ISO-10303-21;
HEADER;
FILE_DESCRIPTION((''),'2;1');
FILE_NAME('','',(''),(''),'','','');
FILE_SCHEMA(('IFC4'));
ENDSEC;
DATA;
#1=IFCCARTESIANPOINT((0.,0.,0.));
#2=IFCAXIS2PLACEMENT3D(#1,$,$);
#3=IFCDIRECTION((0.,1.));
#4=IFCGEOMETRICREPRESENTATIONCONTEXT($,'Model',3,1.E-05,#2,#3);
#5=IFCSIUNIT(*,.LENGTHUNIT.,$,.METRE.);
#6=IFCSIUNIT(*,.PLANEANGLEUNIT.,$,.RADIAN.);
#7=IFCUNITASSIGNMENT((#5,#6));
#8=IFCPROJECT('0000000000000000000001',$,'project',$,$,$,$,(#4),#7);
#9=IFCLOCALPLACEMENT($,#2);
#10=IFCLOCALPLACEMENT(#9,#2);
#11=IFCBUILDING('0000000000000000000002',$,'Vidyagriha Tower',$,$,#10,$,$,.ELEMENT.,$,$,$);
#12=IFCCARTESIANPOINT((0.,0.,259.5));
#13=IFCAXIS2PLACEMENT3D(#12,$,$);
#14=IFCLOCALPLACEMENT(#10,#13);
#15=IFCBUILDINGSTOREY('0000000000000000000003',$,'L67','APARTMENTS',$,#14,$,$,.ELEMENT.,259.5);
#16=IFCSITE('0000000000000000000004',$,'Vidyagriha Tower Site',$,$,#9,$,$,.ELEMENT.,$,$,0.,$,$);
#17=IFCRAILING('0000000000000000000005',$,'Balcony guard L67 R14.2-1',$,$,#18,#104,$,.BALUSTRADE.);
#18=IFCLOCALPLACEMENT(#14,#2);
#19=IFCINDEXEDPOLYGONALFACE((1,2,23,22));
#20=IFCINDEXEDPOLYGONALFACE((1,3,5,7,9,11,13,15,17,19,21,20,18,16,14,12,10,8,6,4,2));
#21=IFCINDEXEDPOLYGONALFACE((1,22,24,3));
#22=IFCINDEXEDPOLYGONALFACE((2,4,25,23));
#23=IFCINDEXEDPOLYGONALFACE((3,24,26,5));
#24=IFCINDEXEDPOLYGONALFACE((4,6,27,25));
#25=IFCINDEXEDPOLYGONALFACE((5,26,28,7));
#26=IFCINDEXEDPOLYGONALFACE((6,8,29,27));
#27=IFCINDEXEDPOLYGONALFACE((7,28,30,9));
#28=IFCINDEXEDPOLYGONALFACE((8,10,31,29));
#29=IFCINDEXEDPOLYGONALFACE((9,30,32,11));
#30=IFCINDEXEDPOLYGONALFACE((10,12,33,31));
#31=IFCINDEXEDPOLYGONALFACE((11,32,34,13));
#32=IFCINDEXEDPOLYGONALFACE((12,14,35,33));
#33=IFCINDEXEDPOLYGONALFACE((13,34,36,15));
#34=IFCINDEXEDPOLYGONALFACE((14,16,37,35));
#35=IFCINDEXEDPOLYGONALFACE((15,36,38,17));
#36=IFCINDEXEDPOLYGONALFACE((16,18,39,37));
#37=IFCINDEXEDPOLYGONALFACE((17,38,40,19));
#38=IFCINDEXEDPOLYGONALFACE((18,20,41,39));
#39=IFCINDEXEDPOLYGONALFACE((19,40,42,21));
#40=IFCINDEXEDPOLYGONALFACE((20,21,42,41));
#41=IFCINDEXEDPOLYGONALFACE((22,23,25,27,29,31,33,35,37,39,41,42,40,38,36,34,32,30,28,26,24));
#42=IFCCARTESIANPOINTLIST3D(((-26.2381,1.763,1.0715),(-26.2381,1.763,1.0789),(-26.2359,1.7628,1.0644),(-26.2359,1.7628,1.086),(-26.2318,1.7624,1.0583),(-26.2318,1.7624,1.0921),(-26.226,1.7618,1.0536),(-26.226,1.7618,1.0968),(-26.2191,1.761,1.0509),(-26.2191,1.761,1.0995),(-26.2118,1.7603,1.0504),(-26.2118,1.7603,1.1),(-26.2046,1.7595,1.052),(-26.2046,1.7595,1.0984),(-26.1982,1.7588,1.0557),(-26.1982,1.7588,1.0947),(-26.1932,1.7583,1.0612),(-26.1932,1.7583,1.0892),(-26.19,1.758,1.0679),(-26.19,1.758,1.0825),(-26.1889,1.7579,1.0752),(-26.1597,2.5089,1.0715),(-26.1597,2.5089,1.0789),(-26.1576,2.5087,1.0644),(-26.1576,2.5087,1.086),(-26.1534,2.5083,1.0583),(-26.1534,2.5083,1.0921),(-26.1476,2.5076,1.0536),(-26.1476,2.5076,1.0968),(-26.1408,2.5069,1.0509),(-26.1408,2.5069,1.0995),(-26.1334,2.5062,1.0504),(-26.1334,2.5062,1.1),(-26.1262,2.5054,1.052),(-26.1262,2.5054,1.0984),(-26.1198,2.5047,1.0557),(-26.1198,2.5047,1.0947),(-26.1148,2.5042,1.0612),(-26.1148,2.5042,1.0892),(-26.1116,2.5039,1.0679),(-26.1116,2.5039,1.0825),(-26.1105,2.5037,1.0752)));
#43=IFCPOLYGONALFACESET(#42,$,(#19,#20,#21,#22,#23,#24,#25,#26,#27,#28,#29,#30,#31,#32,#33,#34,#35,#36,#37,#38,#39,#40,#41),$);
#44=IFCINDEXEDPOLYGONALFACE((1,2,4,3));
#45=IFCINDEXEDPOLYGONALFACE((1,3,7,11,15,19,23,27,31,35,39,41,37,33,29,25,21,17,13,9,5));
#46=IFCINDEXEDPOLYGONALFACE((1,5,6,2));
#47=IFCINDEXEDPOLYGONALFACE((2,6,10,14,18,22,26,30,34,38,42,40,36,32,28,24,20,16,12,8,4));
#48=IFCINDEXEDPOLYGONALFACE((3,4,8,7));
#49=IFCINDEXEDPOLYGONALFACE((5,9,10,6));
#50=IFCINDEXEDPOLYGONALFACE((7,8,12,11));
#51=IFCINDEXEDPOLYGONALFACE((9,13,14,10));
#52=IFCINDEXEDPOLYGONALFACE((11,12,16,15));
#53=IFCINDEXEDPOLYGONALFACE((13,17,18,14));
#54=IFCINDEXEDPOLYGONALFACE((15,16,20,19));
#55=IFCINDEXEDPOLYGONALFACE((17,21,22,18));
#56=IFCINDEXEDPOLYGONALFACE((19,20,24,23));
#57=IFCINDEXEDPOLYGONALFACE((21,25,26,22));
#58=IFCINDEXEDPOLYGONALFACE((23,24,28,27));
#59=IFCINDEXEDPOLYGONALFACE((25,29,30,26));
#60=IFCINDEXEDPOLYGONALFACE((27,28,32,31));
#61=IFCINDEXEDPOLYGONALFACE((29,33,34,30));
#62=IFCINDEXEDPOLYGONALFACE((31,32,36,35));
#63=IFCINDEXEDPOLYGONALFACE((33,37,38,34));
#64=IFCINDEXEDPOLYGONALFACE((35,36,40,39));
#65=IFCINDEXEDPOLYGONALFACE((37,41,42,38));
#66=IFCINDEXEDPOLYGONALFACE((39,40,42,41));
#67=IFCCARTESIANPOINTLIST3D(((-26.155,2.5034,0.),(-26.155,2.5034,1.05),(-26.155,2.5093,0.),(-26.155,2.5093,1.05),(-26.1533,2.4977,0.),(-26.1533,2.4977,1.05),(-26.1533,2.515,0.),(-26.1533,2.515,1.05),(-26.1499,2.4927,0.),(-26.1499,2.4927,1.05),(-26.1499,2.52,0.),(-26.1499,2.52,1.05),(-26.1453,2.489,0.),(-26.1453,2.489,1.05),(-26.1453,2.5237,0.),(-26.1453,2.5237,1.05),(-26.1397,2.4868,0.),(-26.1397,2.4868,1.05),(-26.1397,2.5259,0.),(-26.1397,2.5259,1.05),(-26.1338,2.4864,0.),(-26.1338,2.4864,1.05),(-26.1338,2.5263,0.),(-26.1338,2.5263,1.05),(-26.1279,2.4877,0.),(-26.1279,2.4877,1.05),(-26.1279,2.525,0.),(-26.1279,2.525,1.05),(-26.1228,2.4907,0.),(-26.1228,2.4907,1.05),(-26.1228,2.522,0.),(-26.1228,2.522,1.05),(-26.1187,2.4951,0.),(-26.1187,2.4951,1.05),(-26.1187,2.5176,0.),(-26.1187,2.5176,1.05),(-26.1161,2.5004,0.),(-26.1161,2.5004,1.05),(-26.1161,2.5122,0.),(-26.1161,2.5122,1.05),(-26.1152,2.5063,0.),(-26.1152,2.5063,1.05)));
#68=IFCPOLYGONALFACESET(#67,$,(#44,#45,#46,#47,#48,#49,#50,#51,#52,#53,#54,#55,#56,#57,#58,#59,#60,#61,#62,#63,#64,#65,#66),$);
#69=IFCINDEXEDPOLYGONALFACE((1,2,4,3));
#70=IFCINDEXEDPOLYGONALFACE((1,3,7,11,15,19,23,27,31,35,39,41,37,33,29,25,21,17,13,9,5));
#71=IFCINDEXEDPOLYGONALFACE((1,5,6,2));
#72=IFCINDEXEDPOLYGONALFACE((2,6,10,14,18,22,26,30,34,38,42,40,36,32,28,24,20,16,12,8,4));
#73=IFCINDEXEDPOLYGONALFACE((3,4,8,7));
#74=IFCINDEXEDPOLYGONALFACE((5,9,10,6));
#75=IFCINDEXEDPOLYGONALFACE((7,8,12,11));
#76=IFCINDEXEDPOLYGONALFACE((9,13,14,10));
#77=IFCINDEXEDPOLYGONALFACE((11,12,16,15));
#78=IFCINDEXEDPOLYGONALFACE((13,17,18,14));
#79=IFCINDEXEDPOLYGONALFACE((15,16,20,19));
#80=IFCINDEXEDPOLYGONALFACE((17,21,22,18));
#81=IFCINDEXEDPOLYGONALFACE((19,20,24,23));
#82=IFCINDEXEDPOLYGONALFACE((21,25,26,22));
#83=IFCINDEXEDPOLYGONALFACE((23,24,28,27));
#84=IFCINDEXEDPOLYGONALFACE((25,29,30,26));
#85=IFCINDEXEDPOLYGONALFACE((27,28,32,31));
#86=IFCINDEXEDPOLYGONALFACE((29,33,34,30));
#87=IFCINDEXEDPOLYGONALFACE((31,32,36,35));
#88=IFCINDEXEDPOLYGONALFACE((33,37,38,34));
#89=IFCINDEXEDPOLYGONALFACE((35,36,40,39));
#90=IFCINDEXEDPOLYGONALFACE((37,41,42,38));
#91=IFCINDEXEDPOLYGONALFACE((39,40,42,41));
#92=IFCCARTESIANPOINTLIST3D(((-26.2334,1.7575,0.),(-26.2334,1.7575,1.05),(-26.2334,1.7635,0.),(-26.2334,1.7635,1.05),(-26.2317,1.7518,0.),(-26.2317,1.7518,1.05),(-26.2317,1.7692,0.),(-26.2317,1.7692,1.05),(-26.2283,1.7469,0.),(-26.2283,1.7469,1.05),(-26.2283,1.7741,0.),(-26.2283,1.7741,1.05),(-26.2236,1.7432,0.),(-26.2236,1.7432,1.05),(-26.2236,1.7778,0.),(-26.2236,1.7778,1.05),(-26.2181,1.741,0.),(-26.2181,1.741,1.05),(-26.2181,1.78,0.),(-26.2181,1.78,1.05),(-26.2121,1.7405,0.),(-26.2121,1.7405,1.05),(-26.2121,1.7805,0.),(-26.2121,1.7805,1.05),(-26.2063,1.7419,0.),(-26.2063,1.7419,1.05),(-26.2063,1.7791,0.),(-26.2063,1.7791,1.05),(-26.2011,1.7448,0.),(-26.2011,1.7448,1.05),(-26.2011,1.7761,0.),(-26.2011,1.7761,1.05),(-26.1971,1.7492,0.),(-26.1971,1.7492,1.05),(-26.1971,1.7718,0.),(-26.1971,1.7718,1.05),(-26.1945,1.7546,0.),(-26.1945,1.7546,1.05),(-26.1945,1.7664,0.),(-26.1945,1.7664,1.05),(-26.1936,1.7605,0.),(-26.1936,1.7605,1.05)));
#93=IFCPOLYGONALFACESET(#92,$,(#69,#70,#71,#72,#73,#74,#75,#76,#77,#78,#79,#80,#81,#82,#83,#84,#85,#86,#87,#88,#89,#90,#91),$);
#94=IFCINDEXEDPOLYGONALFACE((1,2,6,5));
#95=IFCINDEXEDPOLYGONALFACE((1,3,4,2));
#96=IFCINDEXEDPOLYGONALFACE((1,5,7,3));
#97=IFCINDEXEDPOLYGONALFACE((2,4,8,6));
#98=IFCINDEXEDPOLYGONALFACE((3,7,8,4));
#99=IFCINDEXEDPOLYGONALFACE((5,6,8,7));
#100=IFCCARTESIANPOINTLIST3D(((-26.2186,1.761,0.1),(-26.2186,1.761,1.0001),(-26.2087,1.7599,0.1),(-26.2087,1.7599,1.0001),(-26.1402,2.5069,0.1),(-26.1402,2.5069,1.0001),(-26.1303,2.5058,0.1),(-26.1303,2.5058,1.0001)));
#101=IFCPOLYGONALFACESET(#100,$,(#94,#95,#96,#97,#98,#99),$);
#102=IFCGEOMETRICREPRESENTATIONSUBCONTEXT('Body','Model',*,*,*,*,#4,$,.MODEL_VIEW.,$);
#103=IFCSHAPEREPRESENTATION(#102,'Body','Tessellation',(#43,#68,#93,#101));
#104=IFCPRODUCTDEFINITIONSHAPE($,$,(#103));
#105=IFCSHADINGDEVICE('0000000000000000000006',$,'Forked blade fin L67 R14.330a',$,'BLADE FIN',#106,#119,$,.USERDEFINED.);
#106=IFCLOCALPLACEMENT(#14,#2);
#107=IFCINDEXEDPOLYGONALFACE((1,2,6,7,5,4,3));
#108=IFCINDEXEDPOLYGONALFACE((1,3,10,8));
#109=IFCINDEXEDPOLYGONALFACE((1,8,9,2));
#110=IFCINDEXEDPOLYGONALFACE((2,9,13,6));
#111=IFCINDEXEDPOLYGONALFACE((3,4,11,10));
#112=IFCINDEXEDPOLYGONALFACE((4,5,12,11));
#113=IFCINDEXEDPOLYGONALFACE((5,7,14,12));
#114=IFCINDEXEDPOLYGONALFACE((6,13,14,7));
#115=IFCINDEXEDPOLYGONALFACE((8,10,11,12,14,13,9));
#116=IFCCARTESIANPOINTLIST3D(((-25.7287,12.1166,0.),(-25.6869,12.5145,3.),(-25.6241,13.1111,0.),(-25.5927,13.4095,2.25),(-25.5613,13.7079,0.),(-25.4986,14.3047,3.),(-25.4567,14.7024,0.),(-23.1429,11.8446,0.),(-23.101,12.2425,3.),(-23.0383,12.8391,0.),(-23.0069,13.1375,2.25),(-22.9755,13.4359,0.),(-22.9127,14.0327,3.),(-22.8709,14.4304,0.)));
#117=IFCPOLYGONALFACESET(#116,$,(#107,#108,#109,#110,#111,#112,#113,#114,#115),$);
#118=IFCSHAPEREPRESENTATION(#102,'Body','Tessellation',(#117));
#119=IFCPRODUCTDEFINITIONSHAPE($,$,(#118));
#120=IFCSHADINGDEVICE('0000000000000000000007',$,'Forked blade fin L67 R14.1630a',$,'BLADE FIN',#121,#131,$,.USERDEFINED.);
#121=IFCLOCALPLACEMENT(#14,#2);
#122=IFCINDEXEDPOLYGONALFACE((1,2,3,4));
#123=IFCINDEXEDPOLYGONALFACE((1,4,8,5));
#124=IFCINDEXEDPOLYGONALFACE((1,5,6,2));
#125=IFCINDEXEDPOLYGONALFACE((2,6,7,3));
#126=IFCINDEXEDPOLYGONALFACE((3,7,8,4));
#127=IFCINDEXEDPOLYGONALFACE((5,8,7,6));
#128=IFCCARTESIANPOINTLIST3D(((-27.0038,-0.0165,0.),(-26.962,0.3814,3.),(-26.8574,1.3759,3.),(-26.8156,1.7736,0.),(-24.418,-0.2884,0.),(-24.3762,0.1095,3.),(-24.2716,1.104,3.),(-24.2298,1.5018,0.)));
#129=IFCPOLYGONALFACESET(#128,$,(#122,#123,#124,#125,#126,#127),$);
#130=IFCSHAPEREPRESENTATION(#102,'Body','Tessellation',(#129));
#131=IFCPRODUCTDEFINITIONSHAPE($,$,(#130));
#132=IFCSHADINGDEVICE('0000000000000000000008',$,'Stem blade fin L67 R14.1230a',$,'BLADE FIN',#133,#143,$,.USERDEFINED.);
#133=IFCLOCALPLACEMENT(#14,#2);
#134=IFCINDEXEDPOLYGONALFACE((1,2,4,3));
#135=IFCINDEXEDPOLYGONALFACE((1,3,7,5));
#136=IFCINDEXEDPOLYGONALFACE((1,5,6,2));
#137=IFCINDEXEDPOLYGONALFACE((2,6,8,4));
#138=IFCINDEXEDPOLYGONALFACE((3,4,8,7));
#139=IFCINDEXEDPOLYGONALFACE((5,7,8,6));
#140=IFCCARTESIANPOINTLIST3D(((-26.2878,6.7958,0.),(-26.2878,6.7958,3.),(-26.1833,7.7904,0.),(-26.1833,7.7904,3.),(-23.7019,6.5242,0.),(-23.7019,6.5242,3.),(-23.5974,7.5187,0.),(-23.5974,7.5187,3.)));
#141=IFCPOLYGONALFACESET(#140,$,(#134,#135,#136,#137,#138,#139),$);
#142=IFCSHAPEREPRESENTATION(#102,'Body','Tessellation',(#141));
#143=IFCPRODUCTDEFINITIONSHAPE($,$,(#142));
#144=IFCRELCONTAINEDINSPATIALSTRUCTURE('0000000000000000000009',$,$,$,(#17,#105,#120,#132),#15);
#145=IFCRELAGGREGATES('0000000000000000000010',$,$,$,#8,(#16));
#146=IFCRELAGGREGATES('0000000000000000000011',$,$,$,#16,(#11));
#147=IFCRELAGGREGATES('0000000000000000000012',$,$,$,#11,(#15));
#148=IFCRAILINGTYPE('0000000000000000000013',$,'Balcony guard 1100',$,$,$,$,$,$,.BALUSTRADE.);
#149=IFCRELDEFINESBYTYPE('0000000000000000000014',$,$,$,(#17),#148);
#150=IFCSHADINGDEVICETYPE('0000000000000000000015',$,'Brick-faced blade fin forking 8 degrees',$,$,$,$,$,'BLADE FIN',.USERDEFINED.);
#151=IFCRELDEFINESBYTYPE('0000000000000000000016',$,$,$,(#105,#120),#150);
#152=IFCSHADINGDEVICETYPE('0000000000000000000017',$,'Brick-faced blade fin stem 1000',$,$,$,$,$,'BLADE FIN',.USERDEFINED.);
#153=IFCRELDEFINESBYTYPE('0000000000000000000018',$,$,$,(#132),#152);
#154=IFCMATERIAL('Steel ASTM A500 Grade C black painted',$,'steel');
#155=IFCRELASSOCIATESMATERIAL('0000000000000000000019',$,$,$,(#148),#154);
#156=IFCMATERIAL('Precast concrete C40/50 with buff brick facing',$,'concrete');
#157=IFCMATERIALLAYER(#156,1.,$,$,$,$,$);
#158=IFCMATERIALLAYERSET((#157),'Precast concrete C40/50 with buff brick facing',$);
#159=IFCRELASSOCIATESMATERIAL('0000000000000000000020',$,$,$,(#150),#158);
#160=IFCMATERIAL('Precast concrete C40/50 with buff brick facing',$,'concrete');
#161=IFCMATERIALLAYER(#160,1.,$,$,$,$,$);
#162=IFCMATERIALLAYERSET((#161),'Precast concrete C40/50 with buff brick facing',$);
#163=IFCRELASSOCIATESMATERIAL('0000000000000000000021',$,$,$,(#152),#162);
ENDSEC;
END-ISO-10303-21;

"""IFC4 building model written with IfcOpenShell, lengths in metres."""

from ifc_helpers import new_model, si_unit, direction, frame, origin, origin_2d, place, context, subcontext, project, spatial, polyline, rectangle, circle, outline, extrude, material, layer, layer_set, type_object, element, save


model = new_model("IFC4")

# Units and contexts
model_context = context("Model", 3, precision=1e-05, world=origin(), true_north=direction((0.0, 1.0)))
body_context = subcontext(model_context, "Body", "Model", "MODEL_VIEW")
ifc_project = project(units=[si_unit("LENGTHUNIT", "METRE"), si_unit("PLANEANGLEUNIT", "RADIAN")], contexts=[model_context])

# Site, building, storey
site_placement = place(None, origin())
site = spatial("IfcSite", under=ifc_project, at=site_placement, Name="Vidyagriha Tower Site", CompositionType="ELEMENT", RefElevation=0.0)
building_placement = place(site_placement, origin())
building = spatial("IfcBuilding", under=site, at=building_placement, Name="Vidyagriha Tower", CompositionType="ELEMENT")
storey_placement = place(building_placement, frame((0.0, 0.0, 259.5)))
storey = spatial("IfcBuildingStorey", under=building, at=storey_placement, Name="L67", Description="APARTMENTS", CompositionType="ELEMENT", Elevation=259.5)

# Railing
ifc_material_1 = material(Name="Steel ASTM A500 Grade C black painted", Category="steel")
railing_type_1 = type_object("IfcRailingType", Name="Balcony guard 1100", PredefinedType="BALUSTRADE", material=ifc_material_1)
railing_1_placement = place(storey_placement, frame((-26.1353, 2.5063, 0.0)))
element("IfcRailing", 1, at=railing_1_placement, inside=storey, type_object=railing_type_1, Name="Balcony guard L67 R14.2-1", PredefinedType="BALUSTRADE", context=body_context, shape_type="SweptSolid", body=[
    extrude(circle(Radius=0.0249, at=origin_2d()), frame((0.0, 0.0, 1.0752), z_axis=(-0.104498, -0.994525, 0.0), x_axis=(0.994525, -0.104498, 0.0)), (0.0, 0.0, 1.0), 0.75),
    extrude(circle(Radius=0.02, at=origin_2d()), origin(), (0.0, 0.0, 1.0), 1.05),
    extrude(circle(Radius=0.02, at=origin_2d()), frame((-0.0784, -0.7458, 0.0)), (0.0, 0.0, 1.0), 1.05),
    extrude(rectangle(XDim=0.01, YDim=0.9001, at=origin_2d()), frame((0.0, 0.0, 0.55), z_axis=(-0.104498, -0.994525, 0.0), x_axis=(0.994525, -0.104498, 0.0)), (0.0, 0.0, 1.0), 0.75),
])

# Shading devices
ifc_material_2 = material(Name="Precast concrete C40/50 with buff brick facing", Category="concrete")
ifc_layer_1 = layer(ifc_material_2, 1.0)
ifc_layer_set_1 = layer_set([ifc_layer_1], Name="Precast concrete C40/50 with buff brick facing")
shading_device_type_1 = type_object("IfcShadingDeviceType", Name="Brick-faced blade fin forking 8 degrees", ElementType="BLADE FIN", PredefinedType="USERDEFINED", material=ifc_layer_set_1)
shading_device_1_placement = place(storey_placement, frame((-24.1638, 14.5664, 0.0), z_axis=(0.0, 0.0, 1.0), x_axis=(-0.104607, -0.994514, 0.0)))
element("IfcShadingDevice", 2, at=shading_device_1_placement, inside=storey, type_object=shading_device_type_1, Name="Forked blade fin L67 R14.330a", ObjectType="BLADE FIN", PredefinedType="USERDEFINED", context=body_context, shape_type="SweptSolid", body=[
    extrude(outline(polyline([(1.0, 0.0), (1.3, 2.25), (1.6001, 0.0), (2.6001, 0.0), (2.2, 3.0), (0.3999, 3.0), (0.0, 0.0), (1.0, 0.0)])), frame((0.0, 1.3, 0.0), z_axis=(0.0, -1.0, 0.0), x_axis=(1.0, 0.0, 0.0)), (0.0, 0.0, 1.0), 2.6001),
])
shading_device_2_placement = place(storey_placement, frame((-25.5227, 1.6377, 0.0), z_axis=(0.0, 0.0, 1.0), x_axis=(-0.104565, -0.994518, 0.0)))
element("IfcShadingDevice", 3, at=shading_device_2_placement, inside=storey, type_object=shading_device_type_1, Name="Forked blade fin L67 R14.1630a", ObjectType="BLADE FIN", PredefinedType="USERDEFINED", context=body_context, shape_type="SweptSolid", body=[
    extrude(outline(polyline([(0.0, 0.0), (1.8, 0.0), (1.3999, 3.0), (0.3999, 3.0), (0.0, 0.0)])), frame((0.0, 1.3, 0.0), z_axis=(0.0, -1.0, 0.0), x_axis=(1.0, 0.0, 0.0)), (0.0, 0.0, 1.0), 2.6001),
])
ifc_material_3 = material(Name="Precast concrete C40/50 with buff brick facing", Category="concrete")
ifc_layer_2 = layer(ifc_material_3, 1.0)
ifc_layer_set_2 = layer_set([ifc_layer_2], Name="Precast concrete C40/50 with buff brick facing")
shading_device_type_2 = type_object("IfcShadingDeviceType", Name="Brick-faced blade fin stem 1000", ElementType="BLADE FIN", PredefinedType="USERDEFINED", material=ifc_layer_set_2)
shading_device_3_placement = place(storey_placement, frame((-24.8904, 7.6545, 0.0), z_axis=(0.0, 0.0, 1.0), x_axis=(-0.104481, -0.994527, 0.0)))
element("IfcShadingDevice", 4, at=shading_device_3_placement, inside=storey, type_object=shading_device_type_2, Name="Stem blade fin L67 R14.1230a", ObjectType="BLADE FIN", PredefinedType="USERDEFINED", context=body_context, shape_type="SweptSolid", body=[
    extrude(outline(polyline([(0.0, 0.0), (1.0, 0.0), (1.0, 3.0), (0.0, 3.0), (0.0, 0.0)])), frame((0.0, 1.3, 0.0), z_axis=(0.0, -1.0, 0.0), x_axis=(1.0, 0.0, 0.0)), (0.0, 0.0, 1.0), 2.6001),
])

save(model, "model.ifc")
